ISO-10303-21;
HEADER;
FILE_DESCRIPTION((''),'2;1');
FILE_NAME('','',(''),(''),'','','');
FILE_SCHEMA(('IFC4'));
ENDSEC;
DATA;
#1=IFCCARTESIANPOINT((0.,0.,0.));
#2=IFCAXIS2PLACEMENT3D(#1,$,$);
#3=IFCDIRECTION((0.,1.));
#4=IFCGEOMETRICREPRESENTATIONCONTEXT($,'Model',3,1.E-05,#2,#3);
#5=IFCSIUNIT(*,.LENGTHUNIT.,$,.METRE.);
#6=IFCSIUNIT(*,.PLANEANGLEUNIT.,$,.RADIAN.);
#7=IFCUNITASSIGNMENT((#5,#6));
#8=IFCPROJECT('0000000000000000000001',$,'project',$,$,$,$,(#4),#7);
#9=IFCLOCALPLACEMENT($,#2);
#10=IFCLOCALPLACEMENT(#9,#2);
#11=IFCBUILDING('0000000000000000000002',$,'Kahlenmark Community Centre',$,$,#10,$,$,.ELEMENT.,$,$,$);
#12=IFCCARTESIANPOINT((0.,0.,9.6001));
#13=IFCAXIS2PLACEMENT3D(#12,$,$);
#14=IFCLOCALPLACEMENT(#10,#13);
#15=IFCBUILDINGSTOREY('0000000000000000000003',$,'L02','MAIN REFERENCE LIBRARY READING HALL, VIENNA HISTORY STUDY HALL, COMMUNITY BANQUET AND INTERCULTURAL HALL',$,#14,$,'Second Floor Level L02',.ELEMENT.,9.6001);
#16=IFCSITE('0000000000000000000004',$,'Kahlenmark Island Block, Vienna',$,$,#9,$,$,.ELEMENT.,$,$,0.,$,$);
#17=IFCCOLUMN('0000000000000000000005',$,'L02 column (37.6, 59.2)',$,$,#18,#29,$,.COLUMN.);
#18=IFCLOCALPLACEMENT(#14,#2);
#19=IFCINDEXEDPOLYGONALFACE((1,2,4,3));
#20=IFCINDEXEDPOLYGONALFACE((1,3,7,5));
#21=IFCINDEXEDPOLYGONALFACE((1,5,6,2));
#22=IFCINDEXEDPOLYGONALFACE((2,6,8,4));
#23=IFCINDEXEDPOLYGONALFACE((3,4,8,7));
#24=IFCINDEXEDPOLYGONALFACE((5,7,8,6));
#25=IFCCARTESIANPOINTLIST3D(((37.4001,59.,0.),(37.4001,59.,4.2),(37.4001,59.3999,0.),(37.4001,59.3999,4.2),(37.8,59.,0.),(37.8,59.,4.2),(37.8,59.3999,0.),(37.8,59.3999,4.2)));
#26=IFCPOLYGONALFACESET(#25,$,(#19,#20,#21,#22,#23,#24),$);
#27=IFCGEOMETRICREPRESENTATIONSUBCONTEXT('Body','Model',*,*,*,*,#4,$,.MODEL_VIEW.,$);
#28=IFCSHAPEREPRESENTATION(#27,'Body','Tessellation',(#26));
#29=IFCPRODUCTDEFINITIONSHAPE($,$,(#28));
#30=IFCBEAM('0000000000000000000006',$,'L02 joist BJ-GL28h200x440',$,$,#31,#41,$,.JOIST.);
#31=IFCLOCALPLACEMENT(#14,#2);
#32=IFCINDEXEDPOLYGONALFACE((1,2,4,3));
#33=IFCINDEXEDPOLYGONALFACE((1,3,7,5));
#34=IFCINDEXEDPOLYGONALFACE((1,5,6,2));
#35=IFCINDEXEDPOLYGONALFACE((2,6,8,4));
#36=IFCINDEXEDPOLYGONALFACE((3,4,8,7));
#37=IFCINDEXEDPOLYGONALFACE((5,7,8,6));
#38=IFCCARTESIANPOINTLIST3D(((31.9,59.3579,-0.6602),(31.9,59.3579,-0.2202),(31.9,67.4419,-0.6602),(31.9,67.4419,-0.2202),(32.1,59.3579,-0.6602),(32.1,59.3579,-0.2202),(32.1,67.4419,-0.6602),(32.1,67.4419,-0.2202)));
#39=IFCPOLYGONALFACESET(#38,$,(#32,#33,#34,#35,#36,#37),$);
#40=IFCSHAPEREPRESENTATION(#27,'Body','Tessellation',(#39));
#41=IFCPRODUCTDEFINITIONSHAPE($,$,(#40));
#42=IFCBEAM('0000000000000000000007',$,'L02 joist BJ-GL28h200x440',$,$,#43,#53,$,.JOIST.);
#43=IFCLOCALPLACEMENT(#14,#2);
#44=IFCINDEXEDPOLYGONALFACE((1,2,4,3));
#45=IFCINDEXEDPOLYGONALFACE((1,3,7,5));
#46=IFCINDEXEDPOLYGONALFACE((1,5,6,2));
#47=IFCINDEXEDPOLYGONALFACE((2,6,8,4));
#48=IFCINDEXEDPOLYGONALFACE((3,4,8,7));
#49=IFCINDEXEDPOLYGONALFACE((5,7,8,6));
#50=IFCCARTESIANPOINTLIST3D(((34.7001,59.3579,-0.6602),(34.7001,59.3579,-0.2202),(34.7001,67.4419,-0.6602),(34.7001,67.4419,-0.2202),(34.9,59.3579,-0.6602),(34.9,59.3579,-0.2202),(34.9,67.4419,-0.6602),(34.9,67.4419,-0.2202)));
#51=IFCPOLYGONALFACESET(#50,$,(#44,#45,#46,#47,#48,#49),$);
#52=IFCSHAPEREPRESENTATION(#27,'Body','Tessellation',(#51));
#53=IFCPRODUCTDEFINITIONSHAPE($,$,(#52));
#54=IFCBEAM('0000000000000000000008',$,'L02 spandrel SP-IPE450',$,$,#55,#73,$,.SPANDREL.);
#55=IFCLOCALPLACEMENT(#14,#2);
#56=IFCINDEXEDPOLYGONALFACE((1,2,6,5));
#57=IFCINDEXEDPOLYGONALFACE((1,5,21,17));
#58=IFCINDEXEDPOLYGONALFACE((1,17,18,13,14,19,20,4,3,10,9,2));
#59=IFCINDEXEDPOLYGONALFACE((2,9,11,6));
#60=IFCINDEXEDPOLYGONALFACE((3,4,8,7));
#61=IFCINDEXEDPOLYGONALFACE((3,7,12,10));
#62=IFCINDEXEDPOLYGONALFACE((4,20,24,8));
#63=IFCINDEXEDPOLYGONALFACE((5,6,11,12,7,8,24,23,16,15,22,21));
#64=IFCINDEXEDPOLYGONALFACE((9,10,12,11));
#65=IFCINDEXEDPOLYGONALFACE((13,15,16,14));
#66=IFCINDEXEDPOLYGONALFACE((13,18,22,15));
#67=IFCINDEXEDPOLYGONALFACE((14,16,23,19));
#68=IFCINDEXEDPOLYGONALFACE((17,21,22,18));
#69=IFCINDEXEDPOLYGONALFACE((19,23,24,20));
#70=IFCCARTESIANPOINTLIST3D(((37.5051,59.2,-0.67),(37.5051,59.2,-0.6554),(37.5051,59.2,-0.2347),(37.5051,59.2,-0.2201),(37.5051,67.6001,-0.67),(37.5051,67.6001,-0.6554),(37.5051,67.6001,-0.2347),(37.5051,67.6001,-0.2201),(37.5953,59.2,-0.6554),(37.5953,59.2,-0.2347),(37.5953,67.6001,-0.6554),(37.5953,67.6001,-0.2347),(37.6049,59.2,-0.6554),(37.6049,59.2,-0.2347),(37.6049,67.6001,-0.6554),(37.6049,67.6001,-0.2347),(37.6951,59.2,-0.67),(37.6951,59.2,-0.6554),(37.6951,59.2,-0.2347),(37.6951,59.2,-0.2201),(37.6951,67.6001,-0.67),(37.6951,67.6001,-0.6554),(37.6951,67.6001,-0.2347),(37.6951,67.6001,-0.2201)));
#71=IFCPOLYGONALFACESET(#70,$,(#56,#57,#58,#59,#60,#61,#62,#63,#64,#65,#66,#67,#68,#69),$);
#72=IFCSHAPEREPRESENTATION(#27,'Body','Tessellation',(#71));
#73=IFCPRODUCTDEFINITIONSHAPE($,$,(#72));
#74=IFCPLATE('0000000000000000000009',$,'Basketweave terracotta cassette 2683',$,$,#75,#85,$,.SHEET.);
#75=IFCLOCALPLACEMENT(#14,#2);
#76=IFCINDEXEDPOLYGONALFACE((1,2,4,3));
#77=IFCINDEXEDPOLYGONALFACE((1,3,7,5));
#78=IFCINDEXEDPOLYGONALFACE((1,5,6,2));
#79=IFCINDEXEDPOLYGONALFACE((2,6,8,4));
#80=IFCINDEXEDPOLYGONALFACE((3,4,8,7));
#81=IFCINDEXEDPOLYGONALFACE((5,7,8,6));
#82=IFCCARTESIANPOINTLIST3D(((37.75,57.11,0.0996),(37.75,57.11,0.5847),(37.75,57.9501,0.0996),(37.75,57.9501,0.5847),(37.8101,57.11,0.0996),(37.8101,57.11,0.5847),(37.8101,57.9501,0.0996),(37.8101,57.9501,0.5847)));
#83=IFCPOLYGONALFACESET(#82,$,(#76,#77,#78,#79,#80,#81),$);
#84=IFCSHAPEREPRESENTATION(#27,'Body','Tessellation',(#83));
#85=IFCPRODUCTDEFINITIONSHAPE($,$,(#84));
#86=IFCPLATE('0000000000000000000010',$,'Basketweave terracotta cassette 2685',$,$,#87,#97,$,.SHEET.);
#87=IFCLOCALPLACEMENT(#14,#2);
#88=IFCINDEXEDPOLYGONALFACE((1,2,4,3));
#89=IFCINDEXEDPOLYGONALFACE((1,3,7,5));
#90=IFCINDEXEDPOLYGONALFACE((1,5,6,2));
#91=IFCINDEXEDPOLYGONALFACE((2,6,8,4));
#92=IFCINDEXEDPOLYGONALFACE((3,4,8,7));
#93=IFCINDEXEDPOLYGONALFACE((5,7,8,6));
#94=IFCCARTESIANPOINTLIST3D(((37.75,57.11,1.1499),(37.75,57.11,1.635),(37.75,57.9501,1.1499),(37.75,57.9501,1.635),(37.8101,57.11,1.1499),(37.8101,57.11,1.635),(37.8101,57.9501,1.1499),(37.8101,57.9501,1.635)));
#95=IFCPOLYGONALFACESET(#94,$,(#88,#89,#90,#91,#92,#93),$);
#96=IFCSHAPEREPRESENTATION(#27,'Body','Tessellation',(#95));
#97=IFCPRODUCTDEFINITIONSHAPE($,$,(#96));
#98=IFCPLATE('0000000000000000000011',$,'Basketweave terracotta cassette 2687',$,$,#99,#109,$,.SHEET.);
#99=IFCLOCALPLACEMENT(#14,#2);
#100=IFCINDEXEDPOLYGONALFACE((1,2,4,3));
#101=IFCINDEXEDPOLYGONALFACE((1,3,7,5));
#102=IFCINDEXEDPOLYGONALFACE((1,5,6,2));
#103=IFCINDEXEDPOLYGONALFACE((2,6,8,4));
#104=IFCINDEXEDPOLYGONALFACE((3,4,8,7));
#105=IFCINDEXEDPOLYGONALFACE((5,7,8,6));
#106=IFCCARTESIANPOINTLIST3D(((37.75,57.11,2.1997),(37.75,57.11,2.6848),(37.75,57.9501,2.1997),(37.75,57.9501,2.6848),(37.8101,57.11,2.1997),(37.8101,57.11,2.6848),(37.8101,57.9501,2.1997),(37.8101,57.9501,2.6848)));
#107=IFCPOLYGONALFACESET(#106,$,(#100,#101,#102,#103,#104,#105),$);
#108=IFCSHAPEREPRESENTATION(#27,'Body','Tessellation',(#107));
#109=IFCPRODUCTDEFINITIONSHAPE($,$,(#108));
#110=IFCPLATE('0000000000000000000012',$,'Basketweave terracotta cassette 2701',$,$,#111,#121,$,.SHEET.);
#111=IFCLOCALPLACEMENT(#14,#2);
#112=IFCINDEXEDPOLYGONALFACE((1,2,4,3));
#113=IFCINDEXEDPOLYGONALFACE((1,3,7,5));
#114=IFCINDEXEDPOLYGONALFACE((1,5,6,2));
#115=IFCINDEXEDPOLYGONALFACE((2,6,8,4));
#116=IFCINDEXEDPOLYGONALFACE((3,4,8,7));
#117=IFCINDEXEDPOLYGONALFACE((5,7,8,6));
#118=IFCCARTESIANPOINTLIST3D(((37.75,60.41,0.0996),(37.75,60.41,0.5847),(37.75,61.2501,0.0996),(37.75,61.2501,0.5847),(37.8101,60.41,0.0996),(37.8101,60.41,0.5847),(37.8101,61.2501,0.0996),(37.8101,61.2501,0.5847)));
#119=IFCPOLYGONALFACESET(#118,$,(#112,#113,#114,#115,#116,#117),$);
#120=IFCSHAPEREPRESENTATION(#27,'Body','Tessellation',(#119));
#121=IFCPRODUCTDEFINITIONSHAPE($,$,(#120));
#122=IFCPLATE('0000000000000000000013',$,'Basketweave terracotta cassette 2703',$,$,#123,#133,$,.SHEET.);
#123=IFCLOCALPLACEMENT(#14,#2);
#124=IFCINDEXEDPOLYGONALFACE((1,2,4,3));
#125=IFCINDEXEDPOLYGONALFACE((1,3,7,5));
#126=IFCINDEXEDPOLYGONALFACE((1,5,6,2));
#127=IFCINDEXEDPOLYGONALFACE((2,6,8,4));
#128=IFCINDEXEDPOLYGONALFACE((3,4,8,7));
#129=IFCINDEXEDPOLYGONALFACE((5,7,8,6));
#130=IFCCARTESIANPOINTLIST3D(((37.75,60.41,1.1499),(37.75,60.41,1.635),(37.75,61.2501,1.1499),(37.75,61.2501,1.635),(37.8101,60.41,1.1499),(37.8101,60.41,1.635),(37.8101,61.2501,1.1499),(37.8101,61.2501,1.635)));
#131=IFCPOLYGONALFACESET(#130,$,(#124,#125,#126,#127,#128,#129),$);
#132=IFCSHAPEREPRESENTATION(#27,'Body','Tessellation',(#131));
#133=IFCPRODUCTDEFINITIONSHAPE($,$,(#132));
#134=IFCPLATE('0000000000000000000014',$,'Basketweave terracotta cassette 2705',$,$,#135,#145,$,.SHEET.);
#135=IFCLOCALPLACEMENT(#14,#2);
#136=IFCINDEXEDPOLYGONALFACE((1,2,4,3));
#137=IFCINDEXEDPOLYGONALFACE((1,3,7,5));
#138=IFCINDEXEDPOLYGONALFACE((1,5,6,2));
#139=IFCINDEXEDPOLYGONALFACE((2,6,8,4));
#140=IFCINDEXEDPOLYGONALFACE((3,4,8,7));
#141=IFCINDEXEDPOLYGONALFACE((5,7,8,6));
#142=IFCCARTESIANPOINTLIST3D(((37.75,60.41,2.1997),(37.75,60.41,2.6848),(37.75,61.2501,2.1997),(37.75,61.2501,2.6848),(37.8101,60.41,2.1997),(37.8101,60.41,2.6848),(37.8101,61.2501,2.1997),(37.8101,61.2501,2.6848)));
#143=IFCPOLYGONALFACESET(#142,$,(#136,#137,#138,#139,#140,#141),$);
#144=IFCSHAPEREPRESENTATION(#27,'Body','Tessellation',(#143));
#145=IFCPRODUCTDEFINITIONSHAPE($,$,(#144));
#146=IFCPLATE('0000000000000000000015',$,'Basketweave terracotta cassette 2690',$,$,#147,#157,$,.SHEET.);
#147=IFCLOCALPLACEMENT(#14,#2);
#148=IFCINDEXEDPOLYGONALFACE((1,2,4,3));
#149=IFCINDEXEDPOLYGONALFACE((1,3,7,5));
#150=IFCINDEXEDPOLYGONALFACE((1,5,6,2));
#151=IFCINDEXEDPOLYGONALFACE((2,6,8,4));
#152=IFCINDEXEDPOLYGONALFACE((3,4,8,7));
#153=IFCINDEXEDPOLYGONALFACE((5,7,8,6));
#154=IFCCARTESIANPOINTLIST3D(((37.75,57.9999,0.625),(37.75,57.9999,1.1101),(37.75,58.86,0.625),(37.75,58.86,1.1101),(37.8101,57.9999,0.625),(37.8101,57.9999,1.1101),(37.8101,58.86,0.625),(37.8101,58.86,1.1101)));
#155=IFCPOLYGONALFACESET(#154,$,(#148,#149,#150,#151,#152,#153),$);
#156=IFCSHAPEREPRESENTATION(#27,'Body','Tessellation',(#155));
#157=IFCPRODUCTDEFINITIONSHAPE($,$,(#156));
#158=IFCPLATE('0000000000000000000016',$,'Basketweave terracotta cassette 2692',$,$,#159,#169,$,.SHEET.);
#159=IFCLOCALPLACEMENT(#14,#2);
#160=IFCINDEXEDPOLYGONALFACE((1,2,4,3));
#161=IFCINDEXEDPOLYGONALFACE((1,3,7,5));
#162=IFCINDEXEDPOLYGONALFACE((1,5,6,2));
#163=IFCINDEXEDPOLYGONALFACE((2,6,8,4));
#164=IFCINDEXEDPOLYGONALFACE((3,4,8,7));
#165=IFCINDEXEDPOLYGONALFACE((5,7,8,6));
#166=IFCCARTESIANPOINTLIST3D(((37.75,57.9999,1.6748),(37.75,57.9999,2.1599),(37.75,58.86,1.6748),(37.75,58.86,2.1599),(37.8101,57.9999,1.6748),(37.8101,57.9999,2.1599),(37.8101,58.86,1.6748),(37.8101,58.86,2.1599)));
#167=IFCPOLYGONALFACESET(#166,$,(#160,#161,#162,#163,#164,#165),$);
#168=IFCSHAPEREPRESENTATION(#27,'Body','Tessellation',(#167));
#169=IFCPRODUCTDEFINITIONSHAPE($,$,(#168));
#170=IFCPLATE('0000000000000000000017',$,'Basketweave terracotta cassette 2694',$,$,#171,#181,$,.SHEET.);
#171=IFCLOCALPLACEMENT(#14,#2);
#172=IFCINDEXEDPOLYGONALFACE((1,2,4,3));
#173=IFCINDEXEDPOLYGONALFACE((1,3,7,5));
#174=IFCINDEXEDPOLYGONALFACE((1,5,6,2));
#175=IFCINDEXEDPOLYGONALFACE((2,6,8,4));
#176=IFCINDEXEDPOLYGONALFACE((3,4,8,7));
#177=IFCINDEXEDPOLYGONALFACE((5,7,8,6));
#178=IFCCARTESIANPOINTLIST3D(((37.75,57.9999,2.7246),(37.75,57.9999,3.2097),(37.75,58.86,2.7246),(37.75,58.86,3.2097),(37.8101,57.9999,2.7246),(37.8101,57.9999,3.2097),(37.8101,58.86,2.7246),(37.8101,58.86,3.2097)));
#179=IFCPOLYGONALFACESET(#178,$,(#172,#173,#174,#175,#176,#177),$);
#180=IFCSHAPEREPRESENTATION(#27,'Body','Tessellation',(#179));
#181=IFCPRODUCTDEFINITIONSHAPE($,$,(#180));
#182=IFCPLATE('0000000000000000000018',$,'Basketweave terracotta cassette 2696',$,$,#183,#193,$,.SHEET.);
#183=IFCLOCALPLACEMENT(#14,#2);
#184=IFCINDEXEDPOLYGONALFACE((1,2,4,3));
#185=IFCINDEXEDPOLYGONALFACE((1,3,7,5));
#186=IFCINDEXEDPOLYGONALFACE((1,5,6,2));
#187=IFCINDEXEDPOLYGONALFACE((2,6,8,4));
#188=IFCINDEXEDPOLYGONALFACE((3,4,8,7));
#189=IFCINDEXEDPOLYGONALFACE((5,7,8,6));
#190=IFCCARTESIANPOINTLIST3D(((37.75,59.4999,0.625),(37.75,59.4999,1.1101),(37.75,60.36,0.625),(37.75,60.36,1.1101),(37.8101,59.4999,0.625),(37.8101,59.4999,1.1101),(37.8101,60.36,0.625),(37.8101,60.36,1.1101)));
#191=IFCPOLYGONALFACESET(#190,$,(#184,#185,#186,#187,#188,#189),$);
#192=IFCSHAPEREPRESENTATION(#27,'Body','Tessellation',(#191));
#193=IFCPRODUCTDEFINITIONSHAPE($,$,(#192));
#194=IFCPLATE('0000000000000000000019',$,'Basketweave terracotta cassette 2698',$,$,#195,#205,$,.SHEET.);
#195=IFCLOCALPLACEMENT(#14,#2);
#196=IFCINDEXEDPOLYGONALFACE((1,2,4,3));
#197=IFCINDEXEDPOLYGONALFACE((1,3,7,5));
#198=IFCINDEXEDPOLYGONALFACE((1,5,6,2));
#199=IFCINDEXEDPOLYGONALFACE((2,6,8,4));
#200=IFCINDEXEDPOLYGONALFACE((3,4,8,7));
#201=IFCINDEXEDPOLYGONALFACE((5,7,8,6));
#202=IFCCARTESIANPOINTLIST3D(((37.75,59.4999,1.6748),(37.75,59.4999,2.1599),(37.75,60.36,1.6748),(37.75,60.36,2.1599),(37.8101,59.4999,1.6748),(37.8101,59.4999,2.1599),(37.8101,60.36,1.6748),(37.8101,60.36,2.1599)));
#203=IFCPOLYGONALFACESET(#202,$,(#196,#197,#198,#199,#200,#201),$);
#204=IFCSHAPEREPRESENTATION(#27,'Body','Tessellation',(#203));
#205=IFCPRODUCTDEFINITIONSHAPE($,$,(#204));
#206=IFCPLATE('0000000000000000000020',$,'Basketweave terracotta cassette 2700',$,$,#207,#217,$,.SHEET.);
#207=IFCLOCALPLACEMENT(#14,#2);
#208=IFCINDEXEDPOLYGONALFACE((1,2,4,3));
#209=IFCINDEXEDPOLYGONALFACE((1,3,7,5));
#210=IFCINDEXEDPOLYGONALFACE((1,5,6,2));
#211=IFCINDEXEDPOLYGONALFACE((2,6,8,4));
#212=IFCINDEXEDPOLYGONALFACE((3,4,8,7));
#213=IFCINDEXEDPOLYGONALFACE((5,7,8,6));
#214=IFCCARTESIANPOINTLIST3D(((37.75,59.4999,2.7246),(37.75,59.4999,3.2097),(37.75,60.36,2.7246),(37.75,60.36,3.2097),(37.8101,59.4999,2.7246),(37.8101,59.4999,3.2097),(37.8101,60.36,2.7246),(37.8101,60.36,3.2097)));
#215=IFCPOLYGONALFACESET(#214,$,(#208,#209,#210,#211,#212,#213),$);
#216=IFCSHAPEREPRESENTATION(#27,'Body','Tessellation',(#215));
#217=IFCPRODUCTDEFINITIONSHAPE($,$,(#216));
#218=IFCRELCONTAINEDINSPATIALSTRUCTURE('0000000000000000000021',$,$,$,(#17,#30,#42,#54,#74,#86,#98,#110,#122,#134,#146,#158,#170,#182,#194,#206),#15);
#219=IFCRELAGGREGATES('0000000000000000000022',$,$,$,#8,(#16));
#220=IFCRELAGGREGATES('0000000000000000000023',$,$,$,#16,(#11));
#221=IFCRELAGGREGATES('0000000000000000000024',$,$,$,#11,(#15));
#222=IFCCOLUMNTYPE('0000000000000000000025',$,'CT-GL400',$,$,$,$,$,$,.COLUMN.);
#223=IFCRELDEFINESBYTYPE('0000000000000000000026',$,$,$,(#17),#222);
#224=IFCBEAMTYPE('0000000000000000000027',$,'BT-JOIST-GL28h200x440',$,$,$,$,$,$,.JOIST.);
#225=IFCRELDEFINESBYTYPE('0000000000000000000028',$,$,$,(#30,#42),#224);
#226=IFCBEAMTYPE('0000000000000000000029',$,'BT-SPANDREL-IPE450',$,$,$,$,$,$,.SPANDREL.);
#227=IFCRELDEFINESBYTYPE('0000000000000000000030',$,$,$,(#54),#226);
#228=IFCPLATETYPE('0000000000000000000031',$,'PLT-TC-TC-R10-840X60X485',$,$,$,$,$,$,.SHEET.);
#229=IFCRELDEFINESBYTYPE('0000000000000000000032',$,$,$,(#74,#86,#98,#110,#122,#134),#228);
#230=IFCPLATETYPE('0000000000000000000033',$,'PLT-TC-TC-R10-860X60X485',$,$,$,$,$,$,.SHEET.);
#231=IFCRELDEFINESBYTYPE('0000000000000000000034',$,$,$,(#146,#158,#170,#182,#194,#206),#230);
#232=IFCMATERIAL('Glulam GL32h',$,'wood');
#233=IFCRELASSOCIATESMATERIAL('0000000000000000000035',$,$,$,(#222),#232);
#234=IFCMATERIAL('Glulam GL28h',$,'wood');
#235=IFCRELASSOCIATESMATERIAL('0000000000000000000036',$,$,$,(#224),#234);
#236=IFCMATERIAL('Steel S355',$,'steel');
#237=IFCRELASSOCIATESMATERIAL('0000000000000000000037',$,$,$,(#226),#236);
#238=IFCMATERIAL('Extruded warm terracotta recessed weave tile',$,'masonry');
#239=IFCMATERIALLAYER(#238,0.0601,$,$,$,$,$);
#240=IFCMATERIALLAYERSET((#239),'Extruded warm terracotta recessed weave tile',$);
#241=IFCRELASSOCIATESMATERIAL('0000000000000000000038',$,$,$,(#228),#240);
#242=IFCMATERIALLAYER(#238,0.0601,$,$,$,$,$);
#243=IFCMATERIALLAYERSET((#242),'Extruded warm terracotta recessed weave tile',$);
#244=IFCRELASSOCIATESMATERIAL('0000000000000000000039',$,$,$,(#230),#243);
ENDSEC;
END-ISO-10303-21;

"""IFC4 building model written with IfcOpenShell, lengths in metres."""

from ifc_helpers import new_model, si_unit, direction, frame, origin, origin_2d, place, context, subcontext, project, spatial, rectangle, i_section, extrude, material, layer, layer_set, material_profile, profile_set, type_object, element, save


model = new_model("IFC4")

# Units and contexts
model_context = context("Model", 3, precision=1e-05, world=origin(), true_north=direction((0.0, 1.0)))
body_context = subcontext(model_context, "Body", "Model", "MODEL_VIEW")
ifc_project = project(units=[si_unit("LENGTHUNIT", "METRE"), si_unit("PLANEANGLEUNIT", "RADIAN")], contexts=[model_context])

# Site, building, storey
site_placement = place(None, origin())
site = spatial("IfcSite", under=ifc_project, at=site_placement, Name="Kahlenmark Island Block, Vienna", CompositionType="ELEMENT", RefElevation=0.0)
building_placement = place(site_placement, origin())
building = spatial("IfcBuilding", under=site, at=building_placement, Name="Kahlenmark Community Centre", CompositionType="ELEMENT")
storey_placement = place(building_placement, frame((0.0, 0.0, 9.6001)))
storey = spatial("IfcBuildingStorey", under=building, at=storey_placement, Name="L02", Description="MAIN REFERENCE LIBRARY READING HALL, VIENNA HISTORY STUDY HALL, COMMUNITY BANQUET AND INTERCULTURAL HALL", LongName="Second Floor Level L02", CompositionType="ELEMENT", Elevation=9.6001)

# Column
ifc_material_1 = material(Name="Glulam GL32h", Category="wood")
ifc_material_profile_1 = material_profile(ifc_material_1, rectangle(XDim=0.3999, YDim=0.3999, at=origin_2d()), Name="GL32h 400x400")
ifc_profile_set_1 = profile_set([ifc_material_profile_1], Name="Glulam GL32h")
column_type = type_object("IfcColumnType", Name="CT-GL400", PredefinedType="COLUMN", material=ifc_profile_set_1)
column_placement = place(storey_placement, frame((37.6001, 59.2, 0.0), z_axis=(0.0, 0.0, 1.0), x_axis=(1.0, 0.0, 0.0)))
element("IfcColumn", 1, at=column_placement, inside=storey, type_object=column_type, Name="L02 column (37.6, 59.2)", PredefinedType="COLUMN", context=body_context, shape_type="SweptSolid", body=[
    extrude(rectangle(XDim=0.3999, YDim=0.3999, at=origin_2d()), origin(), (0.0, 0.0, 1.0), 4.2),
])

# Beams
ifc_material_2 = material(Name="Glulam GL28h", Category="wood")
ifc_material_profile_2 = material_profile(ifc_material_2, rectangle(XDim=0.2, YDim=0.4399, at=origin_2d()), Name="GL28h 200x440")
ifc_profile_set_2 = profile_set([ifc_material_profile_2], Name="Glulam GL28h")
beam_type_1 = type_object("IfcBeamType", Name="BT-JOIST-GL28h200x440", PredefinedType="JOIST", material=ifc_profile_set_2)
for number, where, z_axis, x_axis, name in (
    (2, (32.0, 59.3579, -0.4402), (0.0, 1.0, 0.0), (-1.0, 0.0, 0.0), "L02 joist BJ-GL28h200x440"),
    (3, (34.8, 59.3579, -0.4402), (0.0, 1.0, 0.0), (-1.0, 0.0, 0.0), "L02 joist BJ-GL28h200x440"),
):
    element("IfcBeam", number, at=place(storey_placement, frame(where, z_axis=z_axis, x_axis=x_axis)), inside=storey, type_object=beam_type_1, Name=name, PredefinedType="JOIST", context=body_context, shape_type="SweptSolid", body=[
        extrude(rectangle(XDim=0.2, YDim=0.4399, at=origin_2d()), origin(), (0.0, 0.0, 1.0), 8.084),
    ])
ifc_material_3 = material(Name="Steel S355", Category="steel")
ifc_material_profile_3 = material_profile(ifc_material_3, i_section(OverallWidth=0.1899, OverallDepth=0.45, WebThickness=0.0095, FlangeThickness=0.0146, at=origin_2d()), Name="IPE 450")
ifc_profile_set_3 = profile_set([ifc_material_profile_3], Name="Steel S355")
beam_type_2 = type_object("IfcBeamType", Name="BT-SPANDREL-IPE450", PredefinedType="SPANDREL", material=ifc_profile_set_3)
beam_placement = place(storey_placement, frame((37.6001, 59.2, -0.4451), z_axis=(0.0, 1.0, 0.0), x_axis=(-1.0, 0.0, 0.0)))
element("IfcBeam", 4, at=beam_placement, inside=storey, type_object=beam_type_2, Name="L02 spandrel SP-IPE450", PredefinedType="SPANDREL", context=body_context, shape_type="SweptSolid", body=[
    extrude(i_section(OverallWidth=0.1899, OverallDepth=0.45, WebThickness=0.0095, FlangeThickness=0.0146, at=origin_2d()), origin(), (0.0, 0.0, 1.0), 8.4001),
])

# Plates
ifc_material_4 = material(Name="Extruded warm terracotta recessed weave tile", Category="masonry")
ifc_layer_1 = layer(ifc_material_4, 0.0601)
ifc_layer_set_1 = layer_set([ifc_layer_1], Name="Extruded warm terracotta recessed weave tile")
plate_type_1 = type_object("IfcPlateType", Name="PLT-TC-TC-R10-840X60X485", PredefinedType="SHEET", material=ifc_layer_set_1)
for number, where, z_axis, x_axis, name in (
    (5, (37.78, 57.53, 0.0996), (0.0, 0.0, 1.0), (0.0, 1.0, 0.0), "Basketweave terracotta cassette 2683"),
    (6, (37.78, 57.53, 1.1499), (0.0, 0.0, 1.0), (0.0, 1.0, 0.0), "Basketweave terracotta cassette 2685"),
    (7, (37.78, 57.53, 2.1997), (0.0, 0.0, 1.0), (0.0, 1.0, 0.0), "Basketweave terracotta cassette 2687"),
    (8, (37.78, 60.8301, 0.0996), (0.0, 0.0, 1.0), (0.0, 1.0, 0.0), "Basketweave terracotta cassette 2701"),
    (9, (37.78, 60.8301, 1.1499), (0.0, 0.0, 1.0), (0.0, 1.0, 0.0), "Basketweave terracotta cassette 2703"),
    (10, (37.78, 60.8301, 2.1997), (0.0, 0.0, 1.0), (0.0, 1.0, 0.0), "Basketweave terracotta cassette 2705"),
):
    element("IfcPlate", number, at=place(storey_placement, frame(where, z_axis=z_axis, x_axis=x_axis)), inside=storey, type_object=plate_type_1, Name=name, PredefinedType="SHEET", context=body_context, shape_type="SweptSolid", body=[
        extrude(rectangle(XDim=0.8401, YDim=0.0601, at=origin_2d()), origin(), (0.0, 0.0, 1.0), 0.4851),
    ])
ifc_layer_2 = layer(ifc_material_4, 0.0601)
ifc_layer_set_2 = layer_set([ifc_layer_2], Name="Extruded warm terracotta recessed weave tile")
plate_type_2 = type_object("IfcPlateType", Name="PLT-TC-TC-R10-860X60X485", PredefinedType="SHEET", material=ifc_layer_set_2)
for number, where, z_axis, x_axis, name in (
    (11, (37.78, 58.4299, 0.625), (0.0, 0.0, 1.0), (0.0, 1.0, 0.0), "Basketweave terracotta cassette 2690"),
    (12, (37.78, 58.4299, 1.6748), (0.0, 0.0, 1.0), (0.0, 1.0, 0.0), "Basketweave terracotta cassette 2692"),
    (13, (37.78, 58.4299, 2.7246), (0.0, 0.0, 1.0), (0.0, 1.0, 0.0), "Basketweave terracotta cassette 2694"),
    (14, (37.78, 59.9299, 0.625), (0.0, 0.0, 1.0), (0.0, 1.0, 0.0), "Basketweave terracotta cassette 2696"),
    (15, (37.78, 59.9299, 1.6748), (0.0, 0.0, 1.0), (0.0, 1.0, 0.0), "Basketweave terracotta cassette 2698"),
    (16, (37.78, 59.9299, 2.7246), (0.0, 0.0, 1.0), (0.0, 1.0, 0.0), "Basketweave terracotta cassette 2700"),
):
    element("IfcPlate", number, at=place(storey_placement, frame(where, z_axis=z_axis, x_axis=x_axis)), inside=storey, type_object=plate_type_2, Name=name, PredefinedType="SHEET", context=body_context, shape_type="SweptSolid", body=[
        extrude(rectangle(XDim=0.8601, YDim=0.0601, at=origin_2d()), origin(), (0.0, 0.0, 1.0), 0.4851),
    ])

save(model, "model.ifc")
